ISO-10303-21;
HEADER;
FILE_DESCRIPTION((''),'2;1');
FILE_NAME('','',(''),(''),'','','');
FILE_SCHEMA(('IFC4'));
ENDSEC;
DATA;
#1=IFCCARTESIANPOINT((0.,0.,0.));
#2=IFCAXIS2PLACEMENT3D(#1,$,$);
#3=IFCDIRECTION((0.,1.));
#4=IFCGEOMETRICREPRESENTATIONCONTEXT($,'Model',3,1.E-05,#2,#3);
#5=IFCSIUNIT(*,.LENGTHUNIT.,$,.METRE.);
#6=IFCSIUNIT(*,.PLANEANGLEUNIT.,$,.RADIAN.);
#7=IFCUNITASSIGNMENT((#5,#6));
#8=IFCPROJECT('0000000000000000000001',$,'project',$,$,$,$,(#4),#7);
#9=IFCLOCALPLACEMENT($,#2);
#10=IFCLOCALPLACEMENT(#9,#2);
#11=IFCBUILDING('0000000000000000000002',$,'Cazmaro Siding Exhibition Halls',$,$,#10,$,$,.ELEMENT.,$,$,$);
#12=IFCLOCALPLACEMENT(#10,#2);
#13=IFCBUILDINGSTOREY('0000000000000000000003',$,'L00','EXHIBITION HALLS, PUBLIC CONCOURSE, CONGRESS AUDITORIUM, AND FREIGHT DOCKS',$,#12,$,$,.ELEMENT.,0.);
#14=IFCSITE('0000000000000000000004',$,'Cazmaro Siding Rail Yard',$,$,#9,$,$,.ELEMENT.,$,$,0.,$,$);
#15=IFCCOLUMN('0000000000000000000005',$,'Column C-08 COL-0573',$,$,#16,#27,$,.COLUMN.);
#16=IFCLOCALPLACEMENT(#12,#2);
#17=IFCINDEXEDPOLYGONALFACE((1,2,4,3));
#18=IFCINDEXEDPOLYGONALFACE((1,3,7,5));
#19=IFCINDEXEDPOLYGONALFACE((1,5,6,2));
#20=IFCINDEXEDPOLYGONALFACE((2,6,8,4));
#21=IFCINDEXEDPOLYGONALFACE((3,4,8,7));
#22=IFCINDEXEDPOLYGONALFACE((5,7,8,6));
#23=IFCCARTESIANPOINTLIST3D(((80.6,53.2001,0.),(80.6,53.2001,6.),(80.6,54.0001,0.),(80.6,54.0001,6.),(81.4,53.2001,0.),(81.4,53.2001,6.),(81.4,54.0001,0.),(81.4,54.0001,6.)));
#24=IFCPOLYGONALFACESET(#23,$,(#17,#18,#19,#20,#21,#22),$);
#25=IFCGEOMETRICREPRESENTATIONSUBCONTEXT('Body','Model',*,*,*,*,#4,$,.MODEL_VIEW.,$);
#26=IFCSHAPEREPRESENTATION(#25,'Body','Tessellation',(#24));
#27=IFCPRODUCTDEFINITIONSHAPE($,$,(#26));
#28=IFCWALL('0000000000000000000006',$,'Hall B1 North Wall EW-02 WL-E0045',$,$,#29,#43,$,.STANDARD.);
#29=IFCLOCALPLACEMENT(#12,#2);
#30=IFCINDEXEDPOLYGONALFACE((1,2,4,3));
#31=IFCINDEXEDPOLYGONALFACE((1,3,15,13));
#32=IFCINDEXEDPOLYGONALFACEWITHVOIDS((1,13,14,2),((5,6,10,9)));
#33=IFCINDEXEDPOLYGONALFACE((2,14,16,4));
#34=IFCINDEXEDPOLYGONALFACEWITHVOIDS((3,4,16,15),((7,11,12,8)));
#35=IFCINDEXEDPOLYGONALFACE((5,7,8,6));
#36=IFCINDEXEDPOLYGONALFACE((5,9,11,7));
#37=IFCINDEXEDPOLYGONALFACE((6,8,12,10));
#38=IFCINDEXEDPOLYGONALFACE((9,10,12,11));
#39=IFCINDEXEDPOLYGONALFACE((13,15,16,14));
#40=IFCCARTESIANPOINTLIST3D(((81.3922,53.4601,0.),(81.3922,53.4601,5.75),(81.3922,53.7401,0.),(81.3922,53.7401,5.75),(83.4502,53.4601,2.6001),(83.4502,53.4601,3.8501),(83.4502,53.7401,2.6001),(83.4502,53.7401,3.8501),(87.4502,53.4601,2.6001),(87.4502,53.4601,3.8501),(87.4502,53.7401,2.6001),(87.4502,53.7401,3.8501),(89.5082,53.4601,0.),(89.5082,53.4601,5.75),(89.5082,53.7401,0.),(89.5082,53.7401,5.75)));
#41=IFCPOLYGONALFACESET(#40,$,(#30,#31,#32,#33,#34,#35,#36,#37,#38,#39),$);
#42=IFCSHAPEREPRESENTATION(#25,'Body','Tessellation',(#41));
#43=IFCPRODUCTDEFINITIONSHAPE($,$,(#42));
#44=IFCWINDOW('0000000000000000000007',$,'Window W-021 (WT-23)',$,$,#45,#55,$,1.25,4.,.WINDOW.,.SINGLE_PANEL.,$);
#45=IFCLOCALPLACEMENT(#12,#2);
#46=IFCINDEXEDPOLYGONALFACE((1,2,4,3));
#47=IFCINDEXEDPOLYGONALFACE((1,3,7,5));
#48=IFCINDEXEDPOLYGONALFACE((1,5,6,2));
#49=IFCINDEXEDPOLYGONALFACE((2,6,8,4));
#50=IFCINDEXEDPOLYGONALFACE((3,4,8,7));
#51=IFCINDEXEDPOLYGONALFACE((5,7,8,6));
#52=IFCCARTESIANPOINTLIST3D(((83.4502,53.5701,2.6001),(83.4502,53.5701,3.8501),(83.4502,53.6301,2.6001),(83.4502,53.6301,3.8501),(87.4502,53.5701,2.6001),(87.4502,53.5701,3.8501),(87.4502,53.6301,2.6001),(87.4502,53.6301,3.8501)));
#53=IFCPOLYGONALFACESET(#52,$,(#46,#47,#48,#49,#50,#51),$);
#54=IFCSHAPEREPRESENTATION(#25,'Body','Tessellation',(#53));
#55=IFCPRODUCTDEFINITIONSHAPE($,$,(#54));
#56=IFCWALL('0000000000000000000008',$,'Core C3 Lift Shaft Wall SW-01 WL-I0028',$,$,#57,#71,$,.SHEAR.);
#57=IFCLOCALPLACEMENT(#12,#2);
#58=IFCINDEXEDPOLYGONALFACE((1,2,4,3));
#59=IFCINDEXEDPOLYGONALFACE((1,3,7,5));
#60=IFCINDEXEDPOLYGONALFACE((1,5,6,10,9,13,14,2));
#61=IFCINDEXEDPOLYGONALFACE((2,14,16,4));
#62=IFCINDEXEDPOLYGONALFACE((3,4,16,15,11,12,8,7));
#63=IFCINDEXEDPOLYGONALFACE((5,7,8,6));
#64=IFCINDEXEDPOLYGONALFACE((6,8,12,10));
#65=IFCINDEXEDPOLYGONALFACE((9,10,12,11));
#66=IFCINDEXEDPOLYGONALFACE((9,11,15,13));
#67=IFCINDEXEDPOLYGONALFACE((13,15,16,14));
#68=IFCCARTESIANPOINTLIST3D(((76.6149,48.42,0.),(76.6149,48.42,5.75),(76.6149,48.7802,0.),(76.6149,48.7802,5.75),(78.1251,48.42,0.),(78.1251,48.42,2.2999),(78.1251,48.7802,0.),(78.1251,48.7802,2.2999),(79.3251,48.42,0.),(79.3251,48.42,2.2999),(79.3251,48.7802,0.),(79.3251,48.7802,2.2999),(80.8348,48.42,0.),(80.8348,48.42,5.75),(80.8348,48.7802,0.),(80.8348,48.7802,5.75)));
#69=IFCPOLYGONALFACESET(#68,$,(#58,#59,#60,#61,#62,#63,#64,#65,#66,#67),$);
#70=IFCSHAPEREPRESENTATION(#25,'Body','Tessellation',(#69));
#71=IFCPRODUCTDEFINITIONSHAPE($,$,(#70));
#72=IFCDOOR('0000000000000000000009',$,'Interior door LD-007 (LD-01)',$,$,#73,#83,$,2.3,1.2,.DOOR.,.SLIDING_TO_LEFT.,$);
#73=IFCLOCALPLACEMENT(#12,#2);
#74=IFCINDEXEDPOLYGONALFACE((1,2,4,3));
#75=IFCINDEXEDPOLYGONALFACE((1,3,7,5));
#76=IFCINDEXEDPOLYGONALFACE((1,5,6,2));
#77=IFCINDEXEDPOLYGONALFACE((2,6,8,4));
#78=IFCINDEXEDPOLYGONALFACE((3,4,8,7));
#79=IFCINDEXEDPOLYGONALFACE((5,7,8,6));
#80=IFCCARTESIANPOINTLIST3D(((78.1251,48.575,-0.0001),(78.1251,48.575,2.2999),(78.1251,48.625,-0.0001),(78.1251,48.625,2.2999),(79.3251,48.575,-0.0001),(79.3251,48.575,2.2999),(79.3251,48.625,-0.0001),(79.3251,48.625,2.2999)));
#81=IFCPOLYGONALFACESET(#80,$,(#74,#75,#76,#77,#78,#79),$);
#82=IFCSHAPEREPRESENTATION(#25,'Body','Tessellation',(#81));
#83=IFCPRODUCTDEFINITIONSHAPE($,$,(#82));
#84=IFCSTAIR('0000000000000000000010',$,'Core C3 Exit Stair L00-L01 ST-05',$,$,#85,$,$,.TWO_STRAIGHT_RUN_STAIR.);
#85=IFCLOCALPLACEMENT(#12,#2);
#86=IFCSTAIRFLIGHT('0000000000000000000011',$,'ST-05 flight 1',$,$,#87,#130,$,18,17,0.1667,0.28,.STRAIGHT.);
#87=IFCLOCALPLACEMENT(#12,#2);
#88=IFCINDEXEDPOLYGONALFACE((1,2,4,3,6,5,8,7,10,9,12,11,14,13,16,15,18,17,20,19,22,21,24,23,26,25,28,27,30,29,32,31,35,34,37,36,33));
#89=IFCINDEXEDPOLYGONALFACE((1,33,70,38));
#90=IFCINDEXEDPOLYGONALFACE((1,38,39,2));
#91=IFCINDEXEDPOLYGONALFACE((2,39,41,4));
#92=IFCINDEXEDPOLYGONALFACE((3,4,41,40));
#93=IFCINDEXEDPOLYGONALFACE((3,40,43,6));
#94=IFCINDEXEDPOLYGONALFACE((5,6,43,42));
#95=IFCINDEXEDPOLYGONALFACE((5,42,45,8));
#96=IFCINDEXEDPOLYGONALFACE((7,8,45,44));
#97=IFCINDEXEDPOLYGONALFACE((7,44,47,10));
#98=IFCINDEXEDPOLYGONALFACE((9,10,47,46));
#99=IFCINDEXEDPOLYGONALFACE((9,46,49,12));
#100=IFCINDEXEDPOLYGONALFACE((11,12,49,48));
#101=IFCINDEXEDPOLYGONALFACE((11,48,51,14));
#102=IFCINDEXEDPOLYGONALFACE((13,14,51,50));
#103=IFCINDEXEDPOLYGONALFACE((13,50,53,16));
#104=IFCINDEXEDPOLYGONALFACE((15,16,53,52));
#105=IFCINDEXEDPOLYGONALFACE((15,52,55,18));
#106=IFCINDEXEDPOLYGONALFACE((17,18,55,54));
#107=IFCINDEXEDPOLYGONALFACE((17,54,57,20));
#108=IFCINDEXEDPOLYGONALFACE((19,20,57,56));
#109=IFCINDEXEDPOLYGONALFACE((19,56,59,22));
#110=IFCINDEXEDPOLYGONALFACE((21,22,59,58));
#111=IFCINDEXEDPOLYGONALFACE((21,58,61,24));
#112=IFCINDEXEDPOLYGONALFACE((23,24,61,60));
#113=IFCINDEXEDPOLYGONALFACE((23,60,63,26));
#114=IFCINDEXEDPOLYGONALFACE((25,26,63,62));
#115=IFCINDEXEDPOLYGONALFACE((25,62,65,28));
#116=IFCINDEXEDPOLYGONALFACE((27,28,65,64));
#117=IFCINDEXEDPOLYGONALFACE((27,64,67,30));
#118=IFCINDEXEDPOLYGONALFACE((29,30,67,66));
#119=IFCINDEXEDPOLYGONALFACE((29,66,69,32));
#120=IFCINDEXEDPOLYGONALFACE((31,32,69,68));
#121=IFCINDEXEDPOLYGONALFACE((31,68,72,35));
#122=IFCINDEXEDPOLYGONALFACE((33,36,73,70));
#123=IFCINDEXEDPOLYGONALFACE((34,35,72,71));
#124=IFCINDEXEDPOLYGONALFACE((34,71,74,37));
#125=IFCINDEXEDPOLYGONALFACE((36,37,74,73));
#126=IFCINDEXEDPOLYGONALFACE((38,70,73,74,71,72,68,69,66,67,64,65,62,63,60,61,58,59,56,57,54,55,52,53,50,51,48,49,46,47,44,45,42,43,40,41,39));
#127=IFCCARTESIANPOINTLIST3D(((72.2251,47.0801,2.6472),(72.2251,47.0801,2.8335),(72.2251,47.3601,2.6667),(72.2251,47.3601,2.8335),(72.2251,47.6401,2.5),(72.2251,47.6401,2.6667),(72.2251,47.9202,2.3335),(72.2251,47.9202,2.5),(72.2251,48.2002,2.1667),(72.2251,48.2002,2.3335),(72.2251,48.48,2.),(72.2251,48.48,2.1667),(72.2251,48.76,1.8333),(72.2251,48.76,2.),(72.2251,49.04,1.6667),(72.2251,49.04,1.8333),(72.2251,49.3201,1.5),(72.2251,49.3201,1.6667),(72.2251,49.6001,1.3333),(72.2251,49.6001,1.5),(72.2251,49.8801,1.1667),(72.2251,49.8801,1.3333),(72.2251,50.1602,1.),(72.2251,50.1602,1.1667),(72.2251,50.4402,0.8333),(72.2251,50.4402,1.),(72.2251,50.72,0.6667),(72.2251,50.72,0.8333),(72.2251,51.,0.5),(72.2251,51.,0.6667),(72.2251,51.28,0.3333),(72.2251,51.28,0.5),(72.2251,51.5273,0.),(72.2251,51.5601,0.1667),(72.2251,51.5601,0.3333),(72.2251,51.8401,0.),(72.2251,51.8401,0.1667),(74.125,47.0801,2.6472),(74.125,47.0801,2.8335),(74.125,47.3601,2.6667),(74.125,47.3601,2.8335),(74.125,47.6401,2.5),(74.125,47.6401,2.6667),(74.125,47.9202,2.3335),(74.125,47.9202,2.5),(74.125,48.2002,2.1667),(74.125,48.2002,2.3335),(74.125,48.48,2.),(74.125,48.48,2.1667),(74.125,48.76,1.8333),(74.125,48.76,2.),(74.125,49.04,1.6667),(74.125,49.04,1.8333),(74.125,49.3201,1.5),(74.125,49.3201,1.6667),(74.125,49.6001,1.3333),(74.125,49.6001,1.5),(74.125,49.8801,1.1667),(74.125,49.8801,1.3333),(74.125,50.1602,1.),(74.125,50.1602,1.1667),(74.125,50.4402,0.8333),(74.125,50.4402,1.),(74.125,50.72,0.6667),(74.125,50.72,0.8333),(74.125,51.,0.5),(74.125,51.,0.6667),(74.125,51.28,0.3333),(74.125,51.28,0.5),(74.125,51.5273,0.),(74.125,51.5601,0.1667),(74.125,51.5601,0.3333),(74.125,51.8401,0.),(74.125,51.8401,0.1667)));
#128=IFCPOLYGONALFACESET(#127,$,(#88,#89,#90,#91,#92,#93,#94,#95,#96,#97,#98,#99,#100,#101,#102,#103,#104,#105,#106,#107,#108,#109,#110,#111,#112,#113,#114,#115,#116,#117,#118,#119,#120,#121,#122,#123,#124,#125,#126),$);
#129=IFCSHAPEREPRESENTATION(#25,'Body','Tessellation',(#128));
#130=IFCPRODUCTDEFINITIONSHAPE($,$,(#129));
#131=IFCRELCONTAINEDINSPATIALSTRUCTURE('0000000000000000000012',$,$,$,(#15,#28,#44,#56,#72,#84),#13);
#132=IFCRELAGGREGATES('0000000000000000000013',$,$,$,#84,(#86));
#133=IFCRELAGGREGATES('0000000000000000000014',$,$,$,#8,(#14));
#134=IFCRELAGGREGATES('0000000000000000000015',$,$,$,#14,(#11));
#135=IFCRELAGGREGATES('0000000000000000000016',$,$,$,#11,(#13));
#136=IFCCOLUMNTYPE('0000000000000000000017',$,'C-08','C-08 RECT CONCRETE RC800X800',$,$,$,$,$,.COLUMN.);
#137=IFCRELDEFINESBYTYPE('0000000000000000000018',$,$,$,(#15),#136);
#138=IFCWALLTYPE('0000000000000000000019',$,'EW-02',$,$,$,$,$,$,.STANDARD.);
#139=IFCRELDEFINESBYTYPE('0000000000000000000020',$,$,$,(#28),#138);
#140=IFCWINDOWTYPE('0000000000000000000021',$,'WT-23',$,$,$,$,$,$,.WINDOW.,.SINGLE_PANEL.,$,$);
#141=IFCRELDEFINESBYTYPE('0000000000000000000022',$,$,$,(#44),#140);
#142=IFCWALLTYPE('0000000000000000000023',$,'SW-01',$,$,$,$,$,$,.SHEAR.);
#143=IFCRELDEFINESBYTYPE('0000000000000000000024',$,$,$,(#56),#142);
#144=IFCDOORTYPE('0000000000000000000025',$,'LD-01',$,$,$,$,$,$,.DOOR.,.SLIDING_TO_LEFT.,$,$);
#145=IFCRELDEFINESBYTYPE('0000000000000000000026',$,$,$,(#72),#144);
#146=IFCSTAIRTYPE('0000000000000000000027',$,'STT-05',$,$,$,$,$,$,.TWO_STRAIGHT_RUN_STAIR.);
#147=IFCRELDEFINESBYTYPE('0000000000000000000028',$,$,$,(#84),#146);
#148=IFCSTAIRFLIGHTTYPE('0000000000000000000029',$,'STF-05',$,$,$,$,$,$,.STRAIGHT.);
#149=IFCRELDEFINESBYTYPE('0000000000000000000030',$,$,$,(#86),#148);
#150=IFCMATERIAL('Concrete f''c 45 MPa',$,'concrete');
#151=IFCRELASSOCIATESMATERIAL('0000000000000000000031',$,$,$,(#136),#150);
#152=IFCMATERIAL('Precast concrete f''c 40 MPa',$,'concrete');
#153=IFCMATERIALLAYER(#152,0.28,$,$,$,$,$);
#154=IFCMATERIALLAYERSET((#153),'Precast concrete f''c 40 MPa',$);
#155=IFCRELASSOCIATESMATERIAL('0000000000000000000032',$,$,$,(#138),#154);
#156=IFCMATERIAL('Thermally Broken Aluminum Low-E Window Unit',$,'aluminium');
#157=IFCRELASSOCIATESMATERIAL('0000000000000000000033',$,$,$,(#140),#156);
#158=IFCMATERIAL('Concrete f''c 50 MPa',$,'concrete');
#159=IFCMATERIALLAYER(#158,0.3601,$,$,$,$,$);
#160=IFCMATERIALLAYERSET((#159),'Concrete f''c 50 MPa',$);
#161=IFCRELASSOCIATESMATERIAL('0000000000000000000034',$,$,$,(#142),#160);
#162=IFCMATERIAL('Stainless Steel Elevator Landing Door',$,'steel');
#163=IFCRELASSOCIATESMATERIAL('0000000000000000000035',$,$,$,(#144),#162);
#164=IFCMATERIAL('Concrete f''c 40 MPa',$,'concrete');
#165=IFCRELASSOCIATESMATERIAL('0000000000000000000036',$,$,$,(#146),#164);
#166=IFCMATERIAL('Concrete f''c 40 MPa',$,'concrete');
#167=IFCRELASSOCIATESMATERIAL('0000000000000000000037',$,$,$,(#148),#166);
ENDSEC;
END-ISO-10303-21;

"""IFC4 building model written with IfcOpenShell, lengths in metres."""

from ifc_helpers import new_model, si_unit, direction, frame, frame_2d, origin, origin_2d, place, context, subcontext, project, spatial, polyline, rectangle, outline, extrude, material, layer, layer_set, material_profile, profile_set, type_object, element, fill, aggregate, save


model = new_model("IFC4")

# Units and contexts
model_context = context("Model", 3, precision=1e-05, world=origin(), true_north=direction((0.0, 1.0)))
body_context = subcontext(model_context, "Body", "Model", "MODEL_VIEW")
ifc_project = project(units=[si_unit("LENGTHUNIT", "METRE"), si_unit("PLANEANGLEUNIT", "RADIAN")], contexts=[model_context])

# Site, building, storey
site_placement = place(None, origin())
site = spatial("IfcSite", under=ifc_project, at=site_placement, Name="Cazmaro Siding Rail Yard", CompositionType="ELEMENT", RefElevation=0.0)
building_placement = place(site_placement, origin())
building = spatial("IfcBuilding", under=site, at=building_placement, Name="Cazmaro Siding Exhibition Halls", CompositionType="ELEMENT")
storey_placement = place(building_placement, origin())
storey = spatial("IfcBuildingStorey", under=building, at=storey_placement, Name="L00", Description="EXHIBITION HALLS, PUBLIC CONCOURSE, CONGRESS AUDITORIUM, AND FREIGHT DOCKS", CompositionType="ELEMENT", Elevation=0.0)

# Column
ifc_material_1 = material(Name="Concrete f'c 45 MPa", Category="concrete")
ifc_material_profile_1 = material_profile(ifc_material_1, rectangle(XDim=0.8, YDim=0.8, at=origin_2d()), Name="RC800X800")
ifc_profile_set_1 = profile_set([ifc_material_profile_1], Name="Concrete f'c 45 MPa")
column_type = type_object("IfcColumnType", Name="C-08", Description="C-08 RECT CONCRETE RC800X800", PredefinedType="COLUMN", material=ifc_profile_set_1)
column_placement = place(storey_placement, frame((81.0, 53.6001, 0.0), z_axis=(0.0, 0.0, 1.0), x_axis=(1.0, 0.0, 0.0)))
element("IfcColumn", 1, at=column_placement, inside=storey, type_object=column_type, Name="Column C-08 COL-0573", PredefinedType="COLUMN", context=body_context, shape_type="SweptSolid", body=[
    extrude(rectangle(XDim=0.8, YDim=0.8, at=origin_2d()), origin(), (0.0, 0.0, 1.0), 6.0),
])

# Wall, opening, window
ifc_material_2 = material(Name="Precast concrete f'c 40 MPa", Category="concrete")
ifc_layer_1 = layer(ifc_material_2, 0.28)
ifc_layer_set_1 = layer_set([ifc_layer_1], Name="Precast concrete f'c 40 MPa")
wall_type_1 = type_object("IfcWallType", Name="EW-02", PredefinedType="STANDARD", material=ifc_layer_set_1)
wall_1_placement = place(storey_placement, frame((81.3921, 53.6001, 0.0), z_axis=(0.0, 0.0, 1.0), x_axis=(1.0, 0.0, 0.0)))
wall_1 = element("IfcWall", 2, at=wall_1_placement, inside=storey, type_object=wall_type_1, Name="Hall B1 North Wall EW-02 WL-E0045", PredefinedType="STANDARD", context=body_context, shape_type="SweptSolid", body=[
    extrude(rectangle(XDim=8.116, YDim=0.28, at=frame_2d((4.0581, 0.0))), origin(), (0.0, 0.0, 1.0), 5.75),
])
opening_1_placement = place(wall_1_placement, frame((2.0581, 0.0, 2.6001)))
opening_1 = element("IfcOpeningElement", 3, at=opening_1_placement, cuts=wall_1, PredefinedType="OPENING", context=body_context, shape_type="SweptSolid", body=[
    extrude(rectangle(XDim=4.0, YDim=1.25, at=frame_2d((2.0, 0.625))), frame((0.0, 0.1499, 0.0), z_axis=(0.0, -1.0, 0.0), x_axis=(1.0, 0.0, 0.0)), (0.0, 0.0, 1.0), 0.3),
])
ifc_material_3 = material(Name="Thermally Broken Aluminum Low-E Window Unit", Category="aluminium")
window_type = type_object("IfcWindowType", Name="WT-23", PartitioningType="SINGLE_PANEL", PredefinedType="WINDOW", material=ifc_material_3)
window_placement = place(opening_1_placement, origin())
window = element("IfcWindow", 4, at=window_placement, inside=storey, type_object=window_type, Name="Window W-021 (WT-23)", OverallHeight=1.25, OverallWidth=4.0, PartitioningType="SINGLE_PANEL", PredefinedType="WINDOW", context=body_context, shape_type="SweptSolid", body=[
    extrude(rectangle(XDim=4.0, YDim=1.25, at=frame_2d((2.0, 0.625))), frame((0.0, 0.03, 0.0), z_axis=(0.0, -1.0, 0.0), x_axis=(1.0, 0.0, 0.0)), (0.0, 0.0, 1.0), 0.0601),
])
fill(opening_1, window)

# Wall, opening, door
ifc_material_4 = material(Name="Concrete f'c 50 MPa", Category="concrete")
ifc_layer_2 = layer(ifc_material_4, 0.3601)
ifc_layer_set_2 = layer_set([ifc_layer_2], Name="Concrete f'c 50 MPa")
wall_type_2 = type_object("IfcWallType", Name="SW-01", PredefinedType="SHEAR", material=ifc_layer_set_2)
wall_2_placement = place(storey_placement, frame((76.615, 48.6001, 0.0), z_axis=(0.0, 0.0, 1.0), x_axis=(1.0, 0.0, 0.0)))
wall_2 = element("IfcWall", 5, at=wall_2_placement, inside=storey, type_object=wall_type_2, Name="Core C3 Lift Shaft Wall SW-01 WL-I0028", PredefinedType="SHEAR", context=body_context, shape_type="SweptSolid", body=[
    extrude(rectangle(XDim=4.22, YDim=0.3601, at=frame_2d((2.1099, 0.0))), origin(), (0.0, 0.0, 1.0), 5.75),
])
opening_2_placement = place(wall_2_placement, frame((1.51, 0.0, 0.0)))
opening_2 = element("IfcOpeningElement", 6, at=opening_2_placement, cuts=wall_2, PredefinedType="OPENING", context=body_context, shape_type="SweptSolid", body=[
    extrude(rectangle(XDim=1.2, YDim=2.3, at=frame_2d((0.6001, 1.1499))), frame((0.0, 0.1899, 0.0), z_axis=(0.0, -1.0, 0.0), x_axis=(1.0, 0.0, 0.0)), (0.0, 0.0, 1.0), 0.3801),
])
ifc_material_5 = material(Name="Stainless Steel Elevator Landing Door", Category="steel")
door_type = type_object("IfcDoorType", Name="LD-01", OperationType="SLIDING_TO_LEFT", PredefinedType="DOOR", material=ifc_material_5)
door_placement = place(opening_2_placement, origin())
door = element("IfcDoor", 7, at=door_placement, inside=storey, type_object=door_type, Name="Interior door LD-007 (LD-01)", OperationType="SLIDING_TO_LEFT", OverallHeight=2.3, OverallWidth=1.2, PredefinedType="DOOR", context=body_context, shape_type="SweptSolid", body=[
    extrude(rectangle(XDim=1.2, YDim=2.3, at=frame_2d((0.6001, 1.1499))), frame((0.0, 0.0249, 0.0), z_axis=(0.0, -1.0, 0.0), x_axis=(1.0, 0.0, 0.0)), (0.0, 0.0, 1.0), 0.05),
])
fill(opening_2, door)

# Stair, stair flight
ifc_material_6 = material(Name="Concrete f'c 40 MPa", Category="concrete")
stair_type = type_object("IfcStairType", Name="STT-05", PredefinedType="TWO_STRAIGHT_RUN_STAIR", material=ifc_material_6)
stair_placement = place(storey_placement, origin())
stair = element("IfcStair", 8, at=stair_placement, inside=storey, type_object=stair_type, Name="Core C3 Exit Stair L00-L01 ST-05", PredefinedType="TWO_STRAIGHT_RUN_STAIR")
ifc_material_7 = material(Name="Concrete f'c 40 MPa", Category="concrete")
stair_flight_type = type_object("IfcStairFlightType", Name="STF-05", PredefinedType="STRAIGHT", material=ifc_material_7)
stair_flight_1_placement = place(storey_placement, frame((73.175, 51.8401, 0.0), z_axis=(0.0, 0.0, 1.0), x_axis=(0.0, -1.0, 0.0)))
stair_flight_1 = element("IfcStairFlight", 9, at=stair_flight_1_placement, type_object=stair_flight_type, Name="ST-05 flight 1", NumberOfRisers=18, NumberOfTreads=17, PredefinedType="STRAIGHT", RiserHeight=0.1667, TreadLength=0.28, context=body_context, shape_type="SweptSolid", body=[
    extrude(outline(polyline([(0.0, 0.0), (0.0, 0.1667), (0.28, 0.1667), (0.28, 0.3333), (0.5601, 0.3333), (0.5601, 0.5), (0.8401, 0.5), (0.8401, 0.6667), (1.1201, 0.6667), (1.1201, 0.8333), (1.3999, 0.8333), (1.3999, 1.0), (1.6799, 1.0), (1.6799, 1.1667), (1.96, 1.1667), (1.96, 1.3333), (2.24, 1.3333), (2.24, 1.5), (2.52, 1.5), (2.52, 1.6667), (2.8, 1.6667), (2.8, 1.8333), (3.0801, 1.8333), (3.0801, 2.0), (3.3601, 2.0), (3.3601, 2.1667), (3.6399, 2.1667), (3.6399, 2.3335), (3.9199, 2.3335), (3.9199, 2.5), (4.2, 2.5), (4.2, 2.6667), (4.48, 2.6667), (4.48, 2.8335), (4.76, 2.8335), (4.76, 3.0), (4.76, 2.6472), (0.3127, 0.0), (0.0, 0.0)])), frame((0.0, 0.95, 0.0), z_axis=(0.0, -1.0, 0.0), x_axis=(1.0, 0.0, 0.0)), (0.0, 0.0, 1.0), 1.8999),
])
aggregate(stair, [stair_flight_1])

save(model, "model.ifc")
